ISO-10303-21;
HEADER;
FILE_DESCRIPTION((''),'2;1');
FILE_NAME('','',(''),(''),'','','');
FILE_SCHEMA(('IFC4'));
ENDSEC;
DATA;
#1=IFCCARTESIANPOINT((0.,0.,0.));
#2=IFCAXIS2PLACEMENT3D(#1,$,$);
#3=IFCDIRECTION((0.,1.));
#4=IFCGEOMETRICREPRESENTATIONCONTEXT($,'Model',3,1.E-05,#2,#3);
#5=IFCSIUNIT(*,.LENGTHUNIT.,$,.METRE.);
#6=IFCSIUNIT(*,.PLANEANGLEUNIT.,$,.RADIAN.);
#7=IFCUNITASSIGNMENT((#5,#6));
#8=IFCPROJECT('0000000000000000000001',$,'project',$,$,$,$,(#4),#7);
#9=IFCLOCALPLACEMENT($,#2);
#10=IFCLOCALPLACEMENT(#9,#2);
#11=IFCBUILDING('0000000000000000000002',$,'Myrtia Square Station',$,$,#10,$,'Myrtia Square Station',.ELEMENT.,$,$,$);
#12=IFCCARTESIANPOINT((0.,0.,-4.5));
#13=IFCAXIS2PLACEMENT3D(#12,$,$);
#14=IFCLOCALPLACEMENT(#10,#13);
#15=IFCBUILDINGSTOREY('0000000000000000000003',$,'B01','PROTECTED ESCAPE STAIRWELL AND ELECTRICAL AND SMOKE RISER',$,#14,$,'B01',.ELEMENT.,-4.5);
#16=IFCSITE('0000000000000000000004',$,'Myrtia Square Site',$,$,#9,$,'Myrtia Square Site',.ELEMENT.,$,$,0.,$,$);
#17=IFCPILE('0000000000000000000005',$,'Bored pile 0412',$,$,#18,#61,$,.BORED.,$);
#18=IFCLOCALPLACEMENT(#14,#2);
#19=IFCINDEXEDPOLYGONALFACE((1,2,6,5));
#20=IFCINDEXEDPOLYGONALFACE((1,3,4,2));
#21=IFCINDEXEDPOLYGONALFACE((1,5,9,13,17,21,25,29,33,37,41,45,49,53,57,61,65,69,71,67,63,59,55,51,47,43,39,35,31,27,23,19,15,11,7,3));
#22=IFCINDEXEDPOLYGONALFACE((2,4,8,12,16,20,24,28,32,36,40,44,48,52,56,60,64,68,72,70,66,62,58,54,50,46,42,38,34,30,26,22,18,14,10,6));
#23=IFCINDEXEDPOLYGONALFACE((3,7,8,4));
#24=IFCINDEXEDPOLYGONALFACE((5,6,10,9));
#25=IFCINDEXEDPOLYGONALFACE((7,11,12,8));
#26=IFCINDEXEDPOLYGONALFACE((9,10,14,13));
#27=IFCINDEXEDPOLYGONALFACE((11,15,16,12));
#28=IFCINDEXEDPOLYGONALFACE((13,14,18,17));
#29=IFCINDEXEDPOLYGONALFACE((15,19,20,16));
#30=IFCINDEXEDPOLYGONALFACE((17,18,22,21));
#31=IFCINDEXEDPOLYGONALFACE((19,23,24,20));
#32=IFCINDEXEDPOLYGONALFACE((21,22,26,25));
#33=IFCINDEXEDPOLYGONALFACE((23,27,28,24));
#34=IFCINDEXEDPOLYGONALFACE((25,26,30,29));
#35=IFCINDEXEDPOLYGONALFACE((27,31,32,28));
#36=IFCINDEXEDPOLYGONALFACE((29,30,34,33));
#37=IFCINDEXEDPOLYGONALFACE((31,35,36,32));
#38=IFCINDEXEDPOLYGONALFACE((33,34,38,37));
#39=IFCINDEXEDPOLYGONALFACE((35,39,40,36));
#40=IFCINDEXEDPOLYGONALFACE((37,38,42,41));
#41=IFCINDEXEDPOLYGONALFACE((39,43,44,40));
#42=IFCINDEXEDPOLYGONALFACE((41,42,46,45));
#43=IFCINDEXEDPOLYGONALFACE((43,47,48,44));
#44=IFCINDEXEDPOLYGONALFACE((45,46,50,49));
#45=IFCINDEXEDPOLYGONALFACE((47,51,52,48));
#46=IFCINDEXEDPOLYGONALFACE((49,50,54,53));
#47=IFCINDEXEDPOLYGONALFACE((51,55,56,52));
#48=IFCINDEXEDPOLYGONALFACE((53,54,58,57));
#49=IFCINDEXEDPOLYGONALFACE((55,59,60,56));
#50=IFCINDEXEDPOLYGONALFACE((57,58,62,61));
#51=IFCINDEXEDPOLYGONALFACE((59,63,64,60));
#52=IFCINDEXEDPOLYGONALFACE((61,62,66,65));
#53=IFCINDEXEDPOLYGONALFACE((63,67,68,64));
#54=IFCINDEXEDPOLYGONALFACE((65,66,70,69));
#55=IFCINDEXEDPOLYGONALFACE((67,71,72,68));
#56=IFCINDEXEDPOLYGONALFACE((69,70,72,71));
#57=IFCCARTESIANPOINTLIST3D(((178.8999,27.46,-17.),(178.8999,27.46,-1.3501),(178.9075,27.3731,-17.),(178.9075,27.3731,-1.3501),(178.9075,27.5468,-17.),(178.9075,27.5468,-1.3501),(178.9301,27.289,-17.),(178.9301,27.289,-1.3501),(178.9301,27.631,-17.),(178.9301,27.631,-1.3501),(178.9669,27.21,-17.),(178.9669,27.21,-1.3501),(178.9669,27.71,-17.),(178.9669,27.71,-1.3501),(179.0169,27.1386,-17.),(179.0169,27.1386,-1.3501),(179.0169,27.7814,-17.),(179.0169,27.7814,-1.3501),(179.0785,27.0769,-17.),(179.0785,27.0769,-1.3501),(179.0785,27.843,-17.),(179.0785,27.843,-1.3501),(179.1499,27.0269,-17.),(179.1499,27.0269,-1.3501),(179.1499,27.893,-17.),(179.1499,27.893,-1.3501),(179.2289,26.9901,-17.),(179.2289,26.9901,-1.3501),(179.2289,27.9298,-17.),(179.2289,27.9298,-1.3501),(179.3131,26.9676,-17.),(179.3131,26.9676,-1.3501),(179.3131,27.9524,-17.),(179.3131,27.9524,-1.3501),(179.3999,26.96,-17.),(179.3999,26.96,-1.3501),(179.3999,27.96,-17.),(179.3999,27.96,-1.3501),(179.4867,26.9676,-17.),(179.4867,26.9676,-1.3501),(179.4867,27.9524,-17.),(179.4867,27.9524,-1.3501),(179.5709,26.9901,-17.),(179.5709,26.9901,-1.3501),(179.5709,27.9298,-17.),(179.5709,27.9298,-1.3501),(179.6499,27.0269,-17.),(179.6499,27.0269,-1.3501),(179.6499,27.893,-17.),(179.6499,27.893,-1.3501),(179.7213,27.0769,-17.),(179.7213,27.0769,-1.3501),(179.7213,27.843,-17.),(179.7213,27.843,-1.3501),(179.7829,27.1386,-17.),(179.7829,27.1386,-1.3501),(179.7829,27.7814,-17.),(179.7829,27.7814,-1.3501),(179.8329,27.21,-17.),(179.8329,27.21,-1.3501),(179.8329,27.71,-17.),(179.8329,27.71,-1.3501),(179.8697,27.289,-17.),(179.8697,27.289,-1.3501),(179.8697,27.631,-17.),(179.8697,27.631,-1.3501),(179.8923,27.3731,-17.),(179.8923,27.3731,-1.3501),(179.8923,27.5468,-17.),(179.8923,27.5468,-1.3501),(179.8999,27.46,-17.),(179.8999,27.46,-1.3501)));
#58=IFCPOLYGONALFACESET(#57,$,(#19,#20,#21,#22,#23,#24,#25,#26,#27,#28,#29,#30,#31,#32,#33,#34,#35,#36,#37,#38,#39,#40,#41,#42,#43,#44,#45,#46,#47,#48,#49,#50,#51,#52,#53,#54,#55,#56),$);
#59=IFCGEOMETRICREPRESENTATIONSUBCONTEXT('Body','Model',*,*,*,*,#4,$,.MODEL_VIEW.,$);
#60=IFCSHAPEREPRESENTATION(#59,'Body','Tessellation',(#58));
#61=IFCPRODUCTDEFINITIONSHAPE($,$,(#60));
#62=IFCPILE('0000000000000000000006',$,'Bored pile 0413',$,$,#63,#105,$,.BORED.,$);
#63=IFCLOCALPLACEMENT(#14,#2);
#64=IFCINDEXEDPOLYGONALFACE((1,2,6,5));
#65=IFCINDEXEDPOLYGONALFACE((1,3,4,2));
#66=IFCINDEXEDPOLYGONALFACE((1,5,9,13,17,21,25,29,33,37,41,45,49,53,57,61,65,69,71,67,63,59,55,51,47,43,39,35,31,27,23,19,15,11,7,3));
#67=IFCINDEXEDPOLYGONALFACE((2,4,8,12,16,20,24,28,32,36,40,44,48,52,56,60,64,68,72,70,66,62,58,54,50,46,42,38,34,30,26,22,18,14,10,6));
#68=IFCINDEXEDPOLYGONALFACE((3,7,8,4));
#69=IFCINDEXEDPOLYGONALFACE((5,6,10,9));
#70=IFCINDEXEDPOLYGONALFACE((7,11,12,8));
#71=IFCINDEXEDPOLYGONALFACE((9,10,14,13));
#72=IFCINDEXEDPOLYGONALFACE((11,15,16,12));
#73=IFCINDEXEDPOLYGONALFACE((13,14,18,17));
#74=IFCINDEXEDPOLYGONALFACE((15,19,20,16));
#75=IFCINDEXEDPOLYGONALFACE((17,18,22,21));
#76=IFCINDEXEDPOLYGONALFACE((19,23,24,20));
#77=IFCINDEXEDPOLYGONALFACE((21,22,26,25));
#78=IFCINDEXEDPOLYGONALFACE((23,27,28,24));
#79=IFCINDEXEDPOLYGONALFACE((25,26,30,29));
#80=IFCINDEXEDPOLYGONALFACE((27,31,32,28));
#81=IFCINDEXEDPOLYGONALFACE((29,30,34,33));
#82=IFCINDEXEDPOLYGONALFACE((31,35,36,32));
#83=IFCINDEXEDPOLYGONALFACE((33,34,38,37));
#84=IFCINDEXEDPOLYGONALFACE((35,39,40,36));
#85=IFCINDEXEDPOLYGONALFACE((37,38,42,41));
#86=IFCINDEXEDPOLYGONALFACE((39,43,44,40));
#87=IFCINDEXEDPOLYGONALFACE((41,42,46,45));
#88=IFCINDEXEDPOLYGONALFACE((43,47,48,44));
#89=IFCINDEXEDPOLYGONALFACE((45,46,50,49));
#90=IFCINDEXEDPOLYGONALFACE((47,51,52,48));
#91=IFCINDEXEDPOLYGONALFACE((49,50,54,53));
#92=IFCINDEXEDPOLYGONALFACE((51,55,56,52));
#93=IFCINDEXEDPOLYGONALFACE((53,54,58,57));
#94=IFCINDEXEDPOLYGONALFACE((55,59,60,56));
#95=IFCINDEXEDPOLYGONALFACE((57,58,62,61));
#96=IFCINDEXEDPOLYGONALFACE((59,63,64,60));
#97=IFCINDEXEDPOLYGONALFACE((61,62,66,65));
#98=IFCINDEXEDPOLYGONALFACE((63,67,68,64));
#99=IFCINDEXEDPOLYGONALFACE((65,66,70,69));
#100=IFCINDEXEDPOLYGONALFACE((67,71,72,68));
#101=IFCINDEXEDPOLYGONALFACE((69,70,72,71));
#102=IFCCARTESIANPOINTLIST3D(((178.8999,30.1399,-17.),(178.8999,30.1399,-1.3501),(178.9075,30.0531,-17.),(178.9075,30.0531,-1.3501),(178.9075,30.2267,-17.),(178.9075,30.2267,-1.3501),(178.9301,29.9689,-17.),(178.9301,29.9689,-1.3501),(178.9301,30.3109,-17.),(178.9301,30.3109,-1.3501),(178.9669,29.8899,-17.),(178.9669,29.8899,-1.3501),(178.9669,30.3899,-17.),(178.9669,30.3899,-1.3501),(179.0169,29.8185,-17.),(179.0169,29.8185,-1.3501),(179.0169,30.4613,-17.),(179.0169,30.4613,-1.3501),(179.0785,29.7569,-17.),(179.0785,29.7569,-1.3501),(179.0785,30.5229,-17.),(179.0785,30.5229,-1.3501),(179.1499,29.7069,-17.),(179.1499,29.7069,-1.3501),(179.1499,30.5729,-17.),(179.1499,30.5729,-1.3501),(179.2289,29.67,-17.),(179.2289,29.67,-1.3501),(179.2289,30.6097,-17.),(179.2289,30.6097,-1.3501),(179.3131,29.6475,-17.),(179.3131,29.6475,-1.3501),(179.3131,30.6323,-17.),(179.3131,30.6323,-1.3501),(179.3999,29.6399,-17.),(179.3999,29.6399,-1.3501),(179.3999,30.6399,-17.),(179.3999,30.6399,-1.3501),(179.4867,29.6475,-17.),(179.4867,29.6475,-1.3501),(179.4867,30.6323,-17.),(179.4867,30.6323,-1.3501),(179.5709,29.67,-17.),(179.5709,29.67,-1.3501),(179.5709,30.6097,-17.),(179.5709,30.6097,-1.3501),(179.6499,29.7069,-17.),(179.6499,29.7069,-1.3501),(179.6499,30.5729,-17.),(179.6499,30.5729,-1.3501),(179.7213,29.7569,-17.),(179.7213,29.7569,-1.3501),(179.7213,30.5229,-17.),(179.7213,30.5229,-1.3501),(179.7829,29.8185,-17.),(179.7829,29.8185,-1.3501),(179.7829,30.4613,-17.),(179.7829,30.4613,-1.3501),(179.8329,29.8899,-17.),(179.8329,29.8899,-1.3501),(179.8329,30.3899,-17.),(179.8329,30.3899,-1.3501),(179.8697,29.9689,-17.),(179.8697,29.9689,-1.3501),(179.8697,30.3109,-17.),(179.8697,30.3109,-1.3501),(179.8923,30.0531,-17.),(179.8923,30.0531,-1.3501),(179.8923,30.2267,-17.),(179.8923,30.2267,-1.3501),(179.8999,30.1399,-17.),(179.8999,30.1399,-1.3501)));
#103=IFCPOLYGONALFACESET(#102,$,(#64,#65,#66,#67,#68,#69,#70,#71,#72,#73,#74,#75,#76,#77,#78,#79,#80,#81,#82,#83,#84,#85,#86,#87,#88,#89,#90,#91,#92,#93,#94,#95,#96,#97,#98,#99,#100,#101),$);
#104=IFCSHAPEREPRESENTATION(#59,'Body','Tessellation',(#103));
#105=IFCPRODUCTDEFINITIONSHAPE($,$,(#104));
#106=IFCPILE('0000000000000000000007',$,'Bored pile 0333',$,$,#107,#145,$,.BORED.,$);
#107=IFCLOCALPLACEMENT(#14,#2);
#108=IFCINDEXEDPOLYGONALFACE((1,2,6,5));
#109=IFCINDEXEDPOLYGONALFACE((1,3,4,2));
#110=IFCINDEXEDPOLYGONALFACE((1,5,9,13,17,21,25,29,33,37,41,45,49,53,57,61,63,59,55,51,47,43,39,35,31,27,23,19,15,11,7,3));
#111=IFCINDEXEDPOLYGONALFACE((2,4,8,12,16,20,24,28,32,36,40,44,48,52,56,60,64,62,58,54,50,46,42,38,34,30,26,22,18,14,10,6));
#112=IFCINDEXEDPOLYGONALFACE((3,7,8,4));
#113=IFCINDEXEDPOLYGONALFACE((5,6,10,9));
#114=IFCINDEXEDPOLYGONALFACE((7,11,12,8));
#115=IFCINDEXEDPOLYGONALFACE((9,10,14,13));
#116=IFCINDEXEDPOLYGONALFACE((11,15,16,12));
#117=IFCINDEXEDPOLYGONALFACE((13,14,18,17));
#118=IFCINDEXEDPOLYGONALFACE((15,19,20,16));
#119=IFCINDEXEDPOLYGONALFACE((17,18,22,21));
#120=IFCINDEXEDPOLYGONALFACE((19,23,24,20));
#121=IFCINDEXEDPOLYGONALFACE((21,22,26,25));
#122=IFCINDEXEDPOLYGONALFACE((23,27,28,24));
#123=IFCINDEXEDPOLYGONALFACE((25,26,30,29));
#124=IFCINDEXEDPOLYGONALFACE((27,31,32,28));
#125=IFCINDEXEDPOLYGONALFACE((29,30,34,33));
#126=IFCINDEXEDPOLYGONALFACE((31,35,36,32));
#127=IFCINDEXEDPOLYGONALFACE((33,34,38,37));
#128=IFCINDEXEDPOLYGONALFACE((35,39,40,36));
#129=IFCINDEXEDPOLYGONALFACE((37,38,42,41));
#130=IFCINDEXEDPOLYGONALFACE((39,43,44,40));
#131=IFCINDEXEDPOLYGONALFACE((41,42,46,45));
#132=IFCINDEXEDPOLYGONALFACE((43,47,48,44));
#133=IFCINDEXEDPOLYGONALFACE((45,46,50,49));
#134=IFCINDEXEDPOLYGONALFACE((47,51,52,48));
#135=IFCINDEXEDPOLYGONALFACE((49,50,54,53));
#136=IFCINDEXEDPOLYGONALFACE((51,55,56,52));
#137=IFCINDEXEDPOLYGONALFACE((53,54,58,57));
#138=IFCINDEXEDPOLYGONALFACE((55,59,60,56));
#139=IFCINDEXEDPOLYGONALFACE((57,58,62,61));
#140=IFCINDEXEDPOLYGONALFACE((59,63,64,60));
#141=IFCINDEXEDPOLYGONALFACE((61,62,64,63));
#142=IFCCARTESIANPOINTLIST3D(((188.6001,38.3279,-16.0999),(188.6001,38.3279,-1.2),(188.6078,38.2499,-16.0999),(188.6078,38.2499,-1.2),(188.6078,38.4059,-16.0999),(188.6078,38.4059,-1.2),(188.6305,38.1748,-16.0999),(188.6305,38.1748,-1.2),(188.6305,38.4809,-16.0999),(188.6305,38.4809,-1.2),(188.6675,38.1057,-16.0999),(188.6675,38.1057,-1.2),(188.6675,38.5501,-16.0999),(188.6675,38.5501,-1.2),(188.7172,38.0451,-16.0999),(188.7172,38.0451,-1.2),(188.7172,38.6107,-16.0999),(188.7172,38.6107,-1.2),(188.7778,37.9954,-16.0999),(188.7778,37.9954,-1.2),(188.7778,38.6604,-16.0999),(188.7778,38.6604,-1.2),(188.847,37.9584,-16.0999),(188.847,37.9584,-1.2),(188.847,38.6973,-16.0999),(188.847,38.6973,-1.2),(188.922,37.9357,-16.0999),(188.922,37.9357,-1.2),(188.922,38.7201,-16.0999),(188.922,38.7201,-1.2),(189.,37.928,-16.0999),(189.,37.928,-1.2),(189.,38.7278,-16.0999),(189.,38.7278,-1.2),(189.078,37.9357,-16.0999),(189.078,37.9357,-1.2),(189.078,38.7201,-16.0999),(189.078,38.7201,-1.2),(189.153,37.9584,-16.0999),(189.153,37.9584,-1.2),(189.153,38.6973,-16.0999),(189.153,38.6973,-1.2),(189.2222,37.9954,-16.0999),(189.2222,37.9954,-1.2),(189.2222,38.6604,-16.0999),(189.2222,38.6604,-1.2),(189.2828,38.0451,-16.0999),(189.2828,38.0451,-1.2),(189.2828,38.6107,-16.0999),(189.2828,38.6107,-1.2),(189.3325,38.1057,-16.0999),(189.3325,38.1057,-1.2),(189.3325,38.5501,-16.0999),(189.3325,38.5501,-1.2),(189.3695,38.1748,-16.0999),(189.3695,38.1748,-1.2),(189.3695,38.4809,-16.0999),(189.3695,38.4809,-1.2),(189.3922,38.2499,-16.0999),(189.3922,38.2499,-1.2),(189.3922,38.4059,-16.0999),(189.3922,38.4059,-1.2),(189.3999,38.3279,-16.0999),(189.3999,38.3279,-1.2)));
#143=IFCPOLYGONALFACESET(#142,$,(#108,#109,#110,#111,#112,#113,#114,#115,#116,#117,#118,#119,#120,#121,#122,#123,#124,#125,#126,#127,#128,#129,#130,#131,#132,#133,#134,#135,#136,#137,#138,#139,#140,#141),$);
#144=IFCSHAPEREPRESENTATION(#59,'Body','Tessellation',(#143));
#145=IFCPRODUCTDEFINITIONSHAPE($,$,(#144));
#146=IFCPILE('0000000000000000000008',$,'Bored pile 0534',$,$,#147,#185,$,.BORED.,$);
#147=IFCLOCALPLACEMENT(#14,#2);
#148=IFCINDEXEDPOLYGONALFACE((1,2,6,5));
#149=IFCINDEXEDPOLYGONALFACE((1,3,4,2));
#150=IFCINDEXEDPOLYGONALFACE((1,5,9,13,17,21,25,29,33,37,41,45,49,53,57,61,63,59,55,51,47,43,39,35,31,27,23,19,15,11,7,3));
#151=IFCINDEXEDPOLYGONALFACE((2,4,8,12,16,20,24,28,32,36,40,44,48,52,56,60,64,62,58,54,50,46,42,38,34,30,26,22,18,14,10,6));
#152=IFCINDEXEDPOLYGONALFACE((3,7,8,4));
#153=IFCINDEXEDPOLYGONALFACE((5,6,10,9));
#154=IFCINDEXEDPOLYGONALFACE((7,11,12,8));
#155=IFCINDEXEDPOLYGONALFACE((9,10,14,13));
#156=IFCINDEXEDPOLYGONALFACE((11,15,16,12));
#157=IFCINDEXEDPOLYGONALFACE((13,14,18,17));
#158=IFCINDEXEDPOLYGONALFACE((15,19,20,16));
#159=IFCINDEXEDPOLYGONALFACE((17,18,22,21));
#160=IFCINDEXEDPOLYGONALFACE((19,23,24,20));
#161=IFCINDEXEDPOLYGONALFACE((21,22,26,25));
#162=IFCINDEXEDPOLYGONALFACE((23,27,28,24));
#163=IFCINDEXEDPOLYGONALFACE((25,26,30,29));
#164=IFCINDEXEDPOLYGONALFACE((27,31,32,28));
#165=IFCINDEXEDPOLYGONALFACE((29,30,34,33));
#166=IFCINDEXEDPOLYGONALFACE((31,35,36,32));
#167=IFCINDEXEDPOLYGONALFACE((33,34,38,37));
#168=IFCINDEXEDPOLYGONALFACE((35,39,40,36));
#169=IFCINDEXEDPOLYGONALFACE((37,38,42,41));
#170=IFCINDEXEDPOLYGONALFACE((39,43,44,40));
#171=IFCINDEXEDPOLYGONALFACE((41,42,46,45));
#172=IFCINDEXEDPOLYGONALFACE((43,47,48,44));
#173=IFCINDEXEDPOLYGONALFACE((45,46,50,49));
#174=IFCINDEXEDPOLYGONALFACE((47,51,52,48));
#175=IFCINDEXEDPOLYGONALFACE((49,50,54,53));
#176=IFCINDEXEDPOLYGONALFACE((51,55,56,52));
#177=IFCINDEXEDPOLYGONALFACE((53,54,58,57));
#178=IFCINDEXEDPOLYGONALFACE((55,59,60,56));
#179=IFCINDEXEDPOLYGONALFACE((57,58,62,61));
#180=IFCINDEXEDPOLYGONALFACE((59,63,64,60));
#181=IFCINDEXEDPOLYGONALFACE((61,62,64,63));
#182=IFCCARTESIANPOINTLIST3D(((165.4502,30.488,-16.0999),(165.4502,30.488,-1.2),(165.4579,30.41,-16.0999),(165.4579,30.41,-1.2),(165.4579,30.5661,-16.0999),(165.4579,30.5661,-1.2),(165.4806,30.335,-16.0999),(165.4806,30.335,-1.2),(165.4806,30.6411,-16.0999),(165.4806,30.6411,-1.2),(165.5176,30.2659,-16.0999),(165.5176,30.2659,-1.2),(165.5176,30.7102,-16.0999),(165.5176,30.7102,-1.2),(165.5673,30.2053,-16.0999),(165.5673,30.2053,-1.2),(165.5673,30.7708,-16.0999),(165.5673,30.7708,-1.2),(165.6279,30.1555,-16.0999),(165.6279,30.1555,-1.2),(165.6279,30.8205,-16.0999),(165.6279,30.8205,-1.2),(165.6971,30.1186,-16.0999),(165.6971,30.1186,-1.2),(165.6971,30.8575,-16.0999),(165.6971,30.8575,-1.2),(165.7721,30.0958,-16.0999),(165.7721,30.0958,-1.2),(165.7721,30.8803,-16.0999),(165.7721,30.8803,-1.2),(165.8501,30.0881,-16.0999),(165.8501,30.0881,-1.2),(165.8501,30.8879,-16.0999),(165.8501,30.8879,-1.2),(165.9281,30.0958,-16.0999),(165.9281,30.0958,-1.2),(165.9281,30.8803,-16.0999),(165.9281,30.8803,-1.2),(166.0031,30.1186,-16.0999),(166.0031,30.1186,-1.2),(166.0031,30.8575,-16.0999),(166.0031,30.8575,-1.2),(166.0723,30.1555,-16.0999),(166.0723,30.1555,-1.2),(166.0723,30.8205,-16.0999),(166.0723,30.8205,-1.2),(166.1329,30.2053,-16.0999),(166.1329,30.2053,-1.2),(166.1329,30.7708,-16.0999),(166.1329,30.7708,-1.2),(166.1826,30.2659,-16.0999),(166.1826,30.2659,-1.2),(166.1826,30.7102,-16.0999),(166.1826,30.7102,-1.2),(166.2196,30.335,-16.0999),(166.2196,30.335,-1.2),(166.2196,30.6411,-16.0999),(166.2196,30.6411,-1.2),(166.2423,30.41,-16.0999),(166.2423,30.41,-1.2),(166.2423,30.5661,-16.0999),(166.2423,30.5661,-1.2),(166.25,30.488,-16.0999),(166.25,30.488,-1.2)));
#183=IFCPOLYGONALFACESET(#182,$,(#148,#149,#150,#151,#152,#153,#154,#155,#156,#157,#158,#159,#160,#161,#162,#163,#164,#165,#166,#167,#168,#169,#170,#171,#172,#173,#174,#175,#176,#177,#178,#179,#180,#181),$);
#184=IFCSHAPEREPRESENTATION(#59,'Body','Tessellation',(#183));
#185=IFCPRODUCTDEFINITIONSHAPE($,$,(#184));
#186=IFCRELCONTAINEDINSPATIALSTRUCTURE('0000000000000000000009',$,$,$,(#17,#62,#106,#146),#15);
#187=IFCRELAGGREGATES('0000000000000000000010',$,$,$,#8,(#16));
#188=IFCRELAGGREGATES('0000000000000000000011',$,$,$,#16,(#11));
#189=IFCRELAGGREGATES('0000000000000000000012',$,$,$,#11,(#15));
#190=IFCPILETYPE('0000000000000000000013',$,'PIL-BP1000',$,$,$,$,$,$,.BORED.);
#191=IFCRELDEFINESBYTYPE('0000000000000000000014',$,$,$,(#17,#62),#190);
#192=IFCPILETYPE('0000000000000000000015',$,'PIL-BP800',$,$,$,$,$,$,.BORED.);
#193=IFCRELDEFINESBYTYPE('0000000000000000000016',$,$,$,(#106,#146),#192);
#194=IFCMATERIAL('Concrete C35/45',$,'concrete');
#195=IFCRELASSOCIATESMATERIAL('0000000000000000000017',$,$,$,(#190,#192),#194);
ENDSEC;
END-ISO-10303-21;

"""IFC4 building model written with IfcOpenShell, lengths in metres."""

from ifc_helpers import new_model, si_unit, direction, frame, origin, origin_2d, place, context, subcontext, project, spatial, circle, extrude, material, material_profile, profile_set, type_object, element, save


model = new_model("IFC4")

# Units and contexts
model_context = context("Model", 3, precision=1e-05, world=origin(), true_north=direction((0.0, 1.0)))
body_context = subcontext(model_context, "Body", "Model", "MODEL_VIEW")
ifc_project = project(units=[si_unit("LENGTHUNIT", "METRE"), si_unit("PLANEANGLEUNIT", "RADIAN")], contexts=[model_context])

# Site, building, storey
site_placement = place(None, origin())
site = spatial("IfcSite", under=ifc_project, at=site_placement, Name="Myrtia Square Site", LongName="Myrtia Square Site", CompositionType="ELEMENT", RefElevation=0.0)
building_placement = place(site_placement, origin())
building = spatial("IfcBuilding", under=site, at=building_placement, Name="Myrtia Square Station", LongName="Myrtia Square Station", CompositionType="ELEMENT")
storey_placement = place(building_placement, frame((0.0, 0.0, -4.5)))
storey = spatial("IfcBuildingStorey", under=building, at=storey_placement, Name="B01", Description="PROTECTED ESCAPE STAIRWELL AND ELECTRICAL AND SMOKE RISER", LongName="B01", CompositionType="ELEMENT", Elevation=-4.5)

# Shared definitions
ifc_material_1 = material(Name="Concrete C35/45", Category="concrete")

# Piles
ifc_material_profile_1 = material_profile(ifc_material_1, circle(Radius=0.5, at=origin_2d()), Name="BP D1000")
ifc_profile_set_1 = profile_set([ifc_material_profile_1], Name="Concrete C35/45")
pile_type_1 = type_object("IfcPileType", Name="PIL-BP1000", PredefinedType="BORED", material=ifc_profile_set_1)
for number, where, z_axis, x_axis, name in (
    (1, (179.3999, 27.46, -1.3501), (0.0, 0.0, -1.0), (1.0, 0.0, 0.0), "Bored pile 0412"),
    (2, (179.3999, 30.1399, -1.3501), (0.0, 0.0, -1.0), (1.0, 0.0, 0.0), "Bored pile 0413"),
):
    element("IfcPile", number, at=place(storey_placement, frame(where, z_axis=z_axis, x_axis=x_axis)), inside=storey, type_object=pile_type_1, Name=name, PredefinedType="BORED", context=body_context, shape_type="SweptSolid", body=[
        extrude(circle(Radius=0.5, at=origin_2d()), origin(), (0.0, 0.0, 1.0), 15.6499),
    ])
ifc_material_profile_2 = material_profile(ifc_material_1, circle(Radius=0.3999, at=origin_2d()), Name="BP D800")
ifc_profile_set_2 = profile_set([ifc_material_profile_2], Name="Concrete C35/45")
pile_type_2 = type_object("IfcPileType", Name="PIL-BP800", PredefinedType="BORED", material=ifc_profile_set_2)
for number, where, z_axis, x_axis, name in (
    (3, (189.0, 38.3279, -1.2), (0.0, 0.0, -1.0), (1.0, 0.0, 0.0), "Bored pile 0333"),
    (4, (165.8501, 30.488, -1.2), (0.0, 0.0, -1.0), (1.0, 0.0, 0.0), "Bored pile 0534"),
):
    element("IfcPile", number, at=place(storey_placement, frame(where, z_axis=z_axis, x_axis=x_axis)), inside=storey, type_object=pile_type_2, Name=name, PredefinedType="BORED", context=body_context, shape_type="SweptSolid", body=[
        extrude(circle(Radius=0.3999, at=origin_2d()), origin(), (0.0, 0.0, 1.0), 14.8999),
    ])

save(model, "model.ifc")
